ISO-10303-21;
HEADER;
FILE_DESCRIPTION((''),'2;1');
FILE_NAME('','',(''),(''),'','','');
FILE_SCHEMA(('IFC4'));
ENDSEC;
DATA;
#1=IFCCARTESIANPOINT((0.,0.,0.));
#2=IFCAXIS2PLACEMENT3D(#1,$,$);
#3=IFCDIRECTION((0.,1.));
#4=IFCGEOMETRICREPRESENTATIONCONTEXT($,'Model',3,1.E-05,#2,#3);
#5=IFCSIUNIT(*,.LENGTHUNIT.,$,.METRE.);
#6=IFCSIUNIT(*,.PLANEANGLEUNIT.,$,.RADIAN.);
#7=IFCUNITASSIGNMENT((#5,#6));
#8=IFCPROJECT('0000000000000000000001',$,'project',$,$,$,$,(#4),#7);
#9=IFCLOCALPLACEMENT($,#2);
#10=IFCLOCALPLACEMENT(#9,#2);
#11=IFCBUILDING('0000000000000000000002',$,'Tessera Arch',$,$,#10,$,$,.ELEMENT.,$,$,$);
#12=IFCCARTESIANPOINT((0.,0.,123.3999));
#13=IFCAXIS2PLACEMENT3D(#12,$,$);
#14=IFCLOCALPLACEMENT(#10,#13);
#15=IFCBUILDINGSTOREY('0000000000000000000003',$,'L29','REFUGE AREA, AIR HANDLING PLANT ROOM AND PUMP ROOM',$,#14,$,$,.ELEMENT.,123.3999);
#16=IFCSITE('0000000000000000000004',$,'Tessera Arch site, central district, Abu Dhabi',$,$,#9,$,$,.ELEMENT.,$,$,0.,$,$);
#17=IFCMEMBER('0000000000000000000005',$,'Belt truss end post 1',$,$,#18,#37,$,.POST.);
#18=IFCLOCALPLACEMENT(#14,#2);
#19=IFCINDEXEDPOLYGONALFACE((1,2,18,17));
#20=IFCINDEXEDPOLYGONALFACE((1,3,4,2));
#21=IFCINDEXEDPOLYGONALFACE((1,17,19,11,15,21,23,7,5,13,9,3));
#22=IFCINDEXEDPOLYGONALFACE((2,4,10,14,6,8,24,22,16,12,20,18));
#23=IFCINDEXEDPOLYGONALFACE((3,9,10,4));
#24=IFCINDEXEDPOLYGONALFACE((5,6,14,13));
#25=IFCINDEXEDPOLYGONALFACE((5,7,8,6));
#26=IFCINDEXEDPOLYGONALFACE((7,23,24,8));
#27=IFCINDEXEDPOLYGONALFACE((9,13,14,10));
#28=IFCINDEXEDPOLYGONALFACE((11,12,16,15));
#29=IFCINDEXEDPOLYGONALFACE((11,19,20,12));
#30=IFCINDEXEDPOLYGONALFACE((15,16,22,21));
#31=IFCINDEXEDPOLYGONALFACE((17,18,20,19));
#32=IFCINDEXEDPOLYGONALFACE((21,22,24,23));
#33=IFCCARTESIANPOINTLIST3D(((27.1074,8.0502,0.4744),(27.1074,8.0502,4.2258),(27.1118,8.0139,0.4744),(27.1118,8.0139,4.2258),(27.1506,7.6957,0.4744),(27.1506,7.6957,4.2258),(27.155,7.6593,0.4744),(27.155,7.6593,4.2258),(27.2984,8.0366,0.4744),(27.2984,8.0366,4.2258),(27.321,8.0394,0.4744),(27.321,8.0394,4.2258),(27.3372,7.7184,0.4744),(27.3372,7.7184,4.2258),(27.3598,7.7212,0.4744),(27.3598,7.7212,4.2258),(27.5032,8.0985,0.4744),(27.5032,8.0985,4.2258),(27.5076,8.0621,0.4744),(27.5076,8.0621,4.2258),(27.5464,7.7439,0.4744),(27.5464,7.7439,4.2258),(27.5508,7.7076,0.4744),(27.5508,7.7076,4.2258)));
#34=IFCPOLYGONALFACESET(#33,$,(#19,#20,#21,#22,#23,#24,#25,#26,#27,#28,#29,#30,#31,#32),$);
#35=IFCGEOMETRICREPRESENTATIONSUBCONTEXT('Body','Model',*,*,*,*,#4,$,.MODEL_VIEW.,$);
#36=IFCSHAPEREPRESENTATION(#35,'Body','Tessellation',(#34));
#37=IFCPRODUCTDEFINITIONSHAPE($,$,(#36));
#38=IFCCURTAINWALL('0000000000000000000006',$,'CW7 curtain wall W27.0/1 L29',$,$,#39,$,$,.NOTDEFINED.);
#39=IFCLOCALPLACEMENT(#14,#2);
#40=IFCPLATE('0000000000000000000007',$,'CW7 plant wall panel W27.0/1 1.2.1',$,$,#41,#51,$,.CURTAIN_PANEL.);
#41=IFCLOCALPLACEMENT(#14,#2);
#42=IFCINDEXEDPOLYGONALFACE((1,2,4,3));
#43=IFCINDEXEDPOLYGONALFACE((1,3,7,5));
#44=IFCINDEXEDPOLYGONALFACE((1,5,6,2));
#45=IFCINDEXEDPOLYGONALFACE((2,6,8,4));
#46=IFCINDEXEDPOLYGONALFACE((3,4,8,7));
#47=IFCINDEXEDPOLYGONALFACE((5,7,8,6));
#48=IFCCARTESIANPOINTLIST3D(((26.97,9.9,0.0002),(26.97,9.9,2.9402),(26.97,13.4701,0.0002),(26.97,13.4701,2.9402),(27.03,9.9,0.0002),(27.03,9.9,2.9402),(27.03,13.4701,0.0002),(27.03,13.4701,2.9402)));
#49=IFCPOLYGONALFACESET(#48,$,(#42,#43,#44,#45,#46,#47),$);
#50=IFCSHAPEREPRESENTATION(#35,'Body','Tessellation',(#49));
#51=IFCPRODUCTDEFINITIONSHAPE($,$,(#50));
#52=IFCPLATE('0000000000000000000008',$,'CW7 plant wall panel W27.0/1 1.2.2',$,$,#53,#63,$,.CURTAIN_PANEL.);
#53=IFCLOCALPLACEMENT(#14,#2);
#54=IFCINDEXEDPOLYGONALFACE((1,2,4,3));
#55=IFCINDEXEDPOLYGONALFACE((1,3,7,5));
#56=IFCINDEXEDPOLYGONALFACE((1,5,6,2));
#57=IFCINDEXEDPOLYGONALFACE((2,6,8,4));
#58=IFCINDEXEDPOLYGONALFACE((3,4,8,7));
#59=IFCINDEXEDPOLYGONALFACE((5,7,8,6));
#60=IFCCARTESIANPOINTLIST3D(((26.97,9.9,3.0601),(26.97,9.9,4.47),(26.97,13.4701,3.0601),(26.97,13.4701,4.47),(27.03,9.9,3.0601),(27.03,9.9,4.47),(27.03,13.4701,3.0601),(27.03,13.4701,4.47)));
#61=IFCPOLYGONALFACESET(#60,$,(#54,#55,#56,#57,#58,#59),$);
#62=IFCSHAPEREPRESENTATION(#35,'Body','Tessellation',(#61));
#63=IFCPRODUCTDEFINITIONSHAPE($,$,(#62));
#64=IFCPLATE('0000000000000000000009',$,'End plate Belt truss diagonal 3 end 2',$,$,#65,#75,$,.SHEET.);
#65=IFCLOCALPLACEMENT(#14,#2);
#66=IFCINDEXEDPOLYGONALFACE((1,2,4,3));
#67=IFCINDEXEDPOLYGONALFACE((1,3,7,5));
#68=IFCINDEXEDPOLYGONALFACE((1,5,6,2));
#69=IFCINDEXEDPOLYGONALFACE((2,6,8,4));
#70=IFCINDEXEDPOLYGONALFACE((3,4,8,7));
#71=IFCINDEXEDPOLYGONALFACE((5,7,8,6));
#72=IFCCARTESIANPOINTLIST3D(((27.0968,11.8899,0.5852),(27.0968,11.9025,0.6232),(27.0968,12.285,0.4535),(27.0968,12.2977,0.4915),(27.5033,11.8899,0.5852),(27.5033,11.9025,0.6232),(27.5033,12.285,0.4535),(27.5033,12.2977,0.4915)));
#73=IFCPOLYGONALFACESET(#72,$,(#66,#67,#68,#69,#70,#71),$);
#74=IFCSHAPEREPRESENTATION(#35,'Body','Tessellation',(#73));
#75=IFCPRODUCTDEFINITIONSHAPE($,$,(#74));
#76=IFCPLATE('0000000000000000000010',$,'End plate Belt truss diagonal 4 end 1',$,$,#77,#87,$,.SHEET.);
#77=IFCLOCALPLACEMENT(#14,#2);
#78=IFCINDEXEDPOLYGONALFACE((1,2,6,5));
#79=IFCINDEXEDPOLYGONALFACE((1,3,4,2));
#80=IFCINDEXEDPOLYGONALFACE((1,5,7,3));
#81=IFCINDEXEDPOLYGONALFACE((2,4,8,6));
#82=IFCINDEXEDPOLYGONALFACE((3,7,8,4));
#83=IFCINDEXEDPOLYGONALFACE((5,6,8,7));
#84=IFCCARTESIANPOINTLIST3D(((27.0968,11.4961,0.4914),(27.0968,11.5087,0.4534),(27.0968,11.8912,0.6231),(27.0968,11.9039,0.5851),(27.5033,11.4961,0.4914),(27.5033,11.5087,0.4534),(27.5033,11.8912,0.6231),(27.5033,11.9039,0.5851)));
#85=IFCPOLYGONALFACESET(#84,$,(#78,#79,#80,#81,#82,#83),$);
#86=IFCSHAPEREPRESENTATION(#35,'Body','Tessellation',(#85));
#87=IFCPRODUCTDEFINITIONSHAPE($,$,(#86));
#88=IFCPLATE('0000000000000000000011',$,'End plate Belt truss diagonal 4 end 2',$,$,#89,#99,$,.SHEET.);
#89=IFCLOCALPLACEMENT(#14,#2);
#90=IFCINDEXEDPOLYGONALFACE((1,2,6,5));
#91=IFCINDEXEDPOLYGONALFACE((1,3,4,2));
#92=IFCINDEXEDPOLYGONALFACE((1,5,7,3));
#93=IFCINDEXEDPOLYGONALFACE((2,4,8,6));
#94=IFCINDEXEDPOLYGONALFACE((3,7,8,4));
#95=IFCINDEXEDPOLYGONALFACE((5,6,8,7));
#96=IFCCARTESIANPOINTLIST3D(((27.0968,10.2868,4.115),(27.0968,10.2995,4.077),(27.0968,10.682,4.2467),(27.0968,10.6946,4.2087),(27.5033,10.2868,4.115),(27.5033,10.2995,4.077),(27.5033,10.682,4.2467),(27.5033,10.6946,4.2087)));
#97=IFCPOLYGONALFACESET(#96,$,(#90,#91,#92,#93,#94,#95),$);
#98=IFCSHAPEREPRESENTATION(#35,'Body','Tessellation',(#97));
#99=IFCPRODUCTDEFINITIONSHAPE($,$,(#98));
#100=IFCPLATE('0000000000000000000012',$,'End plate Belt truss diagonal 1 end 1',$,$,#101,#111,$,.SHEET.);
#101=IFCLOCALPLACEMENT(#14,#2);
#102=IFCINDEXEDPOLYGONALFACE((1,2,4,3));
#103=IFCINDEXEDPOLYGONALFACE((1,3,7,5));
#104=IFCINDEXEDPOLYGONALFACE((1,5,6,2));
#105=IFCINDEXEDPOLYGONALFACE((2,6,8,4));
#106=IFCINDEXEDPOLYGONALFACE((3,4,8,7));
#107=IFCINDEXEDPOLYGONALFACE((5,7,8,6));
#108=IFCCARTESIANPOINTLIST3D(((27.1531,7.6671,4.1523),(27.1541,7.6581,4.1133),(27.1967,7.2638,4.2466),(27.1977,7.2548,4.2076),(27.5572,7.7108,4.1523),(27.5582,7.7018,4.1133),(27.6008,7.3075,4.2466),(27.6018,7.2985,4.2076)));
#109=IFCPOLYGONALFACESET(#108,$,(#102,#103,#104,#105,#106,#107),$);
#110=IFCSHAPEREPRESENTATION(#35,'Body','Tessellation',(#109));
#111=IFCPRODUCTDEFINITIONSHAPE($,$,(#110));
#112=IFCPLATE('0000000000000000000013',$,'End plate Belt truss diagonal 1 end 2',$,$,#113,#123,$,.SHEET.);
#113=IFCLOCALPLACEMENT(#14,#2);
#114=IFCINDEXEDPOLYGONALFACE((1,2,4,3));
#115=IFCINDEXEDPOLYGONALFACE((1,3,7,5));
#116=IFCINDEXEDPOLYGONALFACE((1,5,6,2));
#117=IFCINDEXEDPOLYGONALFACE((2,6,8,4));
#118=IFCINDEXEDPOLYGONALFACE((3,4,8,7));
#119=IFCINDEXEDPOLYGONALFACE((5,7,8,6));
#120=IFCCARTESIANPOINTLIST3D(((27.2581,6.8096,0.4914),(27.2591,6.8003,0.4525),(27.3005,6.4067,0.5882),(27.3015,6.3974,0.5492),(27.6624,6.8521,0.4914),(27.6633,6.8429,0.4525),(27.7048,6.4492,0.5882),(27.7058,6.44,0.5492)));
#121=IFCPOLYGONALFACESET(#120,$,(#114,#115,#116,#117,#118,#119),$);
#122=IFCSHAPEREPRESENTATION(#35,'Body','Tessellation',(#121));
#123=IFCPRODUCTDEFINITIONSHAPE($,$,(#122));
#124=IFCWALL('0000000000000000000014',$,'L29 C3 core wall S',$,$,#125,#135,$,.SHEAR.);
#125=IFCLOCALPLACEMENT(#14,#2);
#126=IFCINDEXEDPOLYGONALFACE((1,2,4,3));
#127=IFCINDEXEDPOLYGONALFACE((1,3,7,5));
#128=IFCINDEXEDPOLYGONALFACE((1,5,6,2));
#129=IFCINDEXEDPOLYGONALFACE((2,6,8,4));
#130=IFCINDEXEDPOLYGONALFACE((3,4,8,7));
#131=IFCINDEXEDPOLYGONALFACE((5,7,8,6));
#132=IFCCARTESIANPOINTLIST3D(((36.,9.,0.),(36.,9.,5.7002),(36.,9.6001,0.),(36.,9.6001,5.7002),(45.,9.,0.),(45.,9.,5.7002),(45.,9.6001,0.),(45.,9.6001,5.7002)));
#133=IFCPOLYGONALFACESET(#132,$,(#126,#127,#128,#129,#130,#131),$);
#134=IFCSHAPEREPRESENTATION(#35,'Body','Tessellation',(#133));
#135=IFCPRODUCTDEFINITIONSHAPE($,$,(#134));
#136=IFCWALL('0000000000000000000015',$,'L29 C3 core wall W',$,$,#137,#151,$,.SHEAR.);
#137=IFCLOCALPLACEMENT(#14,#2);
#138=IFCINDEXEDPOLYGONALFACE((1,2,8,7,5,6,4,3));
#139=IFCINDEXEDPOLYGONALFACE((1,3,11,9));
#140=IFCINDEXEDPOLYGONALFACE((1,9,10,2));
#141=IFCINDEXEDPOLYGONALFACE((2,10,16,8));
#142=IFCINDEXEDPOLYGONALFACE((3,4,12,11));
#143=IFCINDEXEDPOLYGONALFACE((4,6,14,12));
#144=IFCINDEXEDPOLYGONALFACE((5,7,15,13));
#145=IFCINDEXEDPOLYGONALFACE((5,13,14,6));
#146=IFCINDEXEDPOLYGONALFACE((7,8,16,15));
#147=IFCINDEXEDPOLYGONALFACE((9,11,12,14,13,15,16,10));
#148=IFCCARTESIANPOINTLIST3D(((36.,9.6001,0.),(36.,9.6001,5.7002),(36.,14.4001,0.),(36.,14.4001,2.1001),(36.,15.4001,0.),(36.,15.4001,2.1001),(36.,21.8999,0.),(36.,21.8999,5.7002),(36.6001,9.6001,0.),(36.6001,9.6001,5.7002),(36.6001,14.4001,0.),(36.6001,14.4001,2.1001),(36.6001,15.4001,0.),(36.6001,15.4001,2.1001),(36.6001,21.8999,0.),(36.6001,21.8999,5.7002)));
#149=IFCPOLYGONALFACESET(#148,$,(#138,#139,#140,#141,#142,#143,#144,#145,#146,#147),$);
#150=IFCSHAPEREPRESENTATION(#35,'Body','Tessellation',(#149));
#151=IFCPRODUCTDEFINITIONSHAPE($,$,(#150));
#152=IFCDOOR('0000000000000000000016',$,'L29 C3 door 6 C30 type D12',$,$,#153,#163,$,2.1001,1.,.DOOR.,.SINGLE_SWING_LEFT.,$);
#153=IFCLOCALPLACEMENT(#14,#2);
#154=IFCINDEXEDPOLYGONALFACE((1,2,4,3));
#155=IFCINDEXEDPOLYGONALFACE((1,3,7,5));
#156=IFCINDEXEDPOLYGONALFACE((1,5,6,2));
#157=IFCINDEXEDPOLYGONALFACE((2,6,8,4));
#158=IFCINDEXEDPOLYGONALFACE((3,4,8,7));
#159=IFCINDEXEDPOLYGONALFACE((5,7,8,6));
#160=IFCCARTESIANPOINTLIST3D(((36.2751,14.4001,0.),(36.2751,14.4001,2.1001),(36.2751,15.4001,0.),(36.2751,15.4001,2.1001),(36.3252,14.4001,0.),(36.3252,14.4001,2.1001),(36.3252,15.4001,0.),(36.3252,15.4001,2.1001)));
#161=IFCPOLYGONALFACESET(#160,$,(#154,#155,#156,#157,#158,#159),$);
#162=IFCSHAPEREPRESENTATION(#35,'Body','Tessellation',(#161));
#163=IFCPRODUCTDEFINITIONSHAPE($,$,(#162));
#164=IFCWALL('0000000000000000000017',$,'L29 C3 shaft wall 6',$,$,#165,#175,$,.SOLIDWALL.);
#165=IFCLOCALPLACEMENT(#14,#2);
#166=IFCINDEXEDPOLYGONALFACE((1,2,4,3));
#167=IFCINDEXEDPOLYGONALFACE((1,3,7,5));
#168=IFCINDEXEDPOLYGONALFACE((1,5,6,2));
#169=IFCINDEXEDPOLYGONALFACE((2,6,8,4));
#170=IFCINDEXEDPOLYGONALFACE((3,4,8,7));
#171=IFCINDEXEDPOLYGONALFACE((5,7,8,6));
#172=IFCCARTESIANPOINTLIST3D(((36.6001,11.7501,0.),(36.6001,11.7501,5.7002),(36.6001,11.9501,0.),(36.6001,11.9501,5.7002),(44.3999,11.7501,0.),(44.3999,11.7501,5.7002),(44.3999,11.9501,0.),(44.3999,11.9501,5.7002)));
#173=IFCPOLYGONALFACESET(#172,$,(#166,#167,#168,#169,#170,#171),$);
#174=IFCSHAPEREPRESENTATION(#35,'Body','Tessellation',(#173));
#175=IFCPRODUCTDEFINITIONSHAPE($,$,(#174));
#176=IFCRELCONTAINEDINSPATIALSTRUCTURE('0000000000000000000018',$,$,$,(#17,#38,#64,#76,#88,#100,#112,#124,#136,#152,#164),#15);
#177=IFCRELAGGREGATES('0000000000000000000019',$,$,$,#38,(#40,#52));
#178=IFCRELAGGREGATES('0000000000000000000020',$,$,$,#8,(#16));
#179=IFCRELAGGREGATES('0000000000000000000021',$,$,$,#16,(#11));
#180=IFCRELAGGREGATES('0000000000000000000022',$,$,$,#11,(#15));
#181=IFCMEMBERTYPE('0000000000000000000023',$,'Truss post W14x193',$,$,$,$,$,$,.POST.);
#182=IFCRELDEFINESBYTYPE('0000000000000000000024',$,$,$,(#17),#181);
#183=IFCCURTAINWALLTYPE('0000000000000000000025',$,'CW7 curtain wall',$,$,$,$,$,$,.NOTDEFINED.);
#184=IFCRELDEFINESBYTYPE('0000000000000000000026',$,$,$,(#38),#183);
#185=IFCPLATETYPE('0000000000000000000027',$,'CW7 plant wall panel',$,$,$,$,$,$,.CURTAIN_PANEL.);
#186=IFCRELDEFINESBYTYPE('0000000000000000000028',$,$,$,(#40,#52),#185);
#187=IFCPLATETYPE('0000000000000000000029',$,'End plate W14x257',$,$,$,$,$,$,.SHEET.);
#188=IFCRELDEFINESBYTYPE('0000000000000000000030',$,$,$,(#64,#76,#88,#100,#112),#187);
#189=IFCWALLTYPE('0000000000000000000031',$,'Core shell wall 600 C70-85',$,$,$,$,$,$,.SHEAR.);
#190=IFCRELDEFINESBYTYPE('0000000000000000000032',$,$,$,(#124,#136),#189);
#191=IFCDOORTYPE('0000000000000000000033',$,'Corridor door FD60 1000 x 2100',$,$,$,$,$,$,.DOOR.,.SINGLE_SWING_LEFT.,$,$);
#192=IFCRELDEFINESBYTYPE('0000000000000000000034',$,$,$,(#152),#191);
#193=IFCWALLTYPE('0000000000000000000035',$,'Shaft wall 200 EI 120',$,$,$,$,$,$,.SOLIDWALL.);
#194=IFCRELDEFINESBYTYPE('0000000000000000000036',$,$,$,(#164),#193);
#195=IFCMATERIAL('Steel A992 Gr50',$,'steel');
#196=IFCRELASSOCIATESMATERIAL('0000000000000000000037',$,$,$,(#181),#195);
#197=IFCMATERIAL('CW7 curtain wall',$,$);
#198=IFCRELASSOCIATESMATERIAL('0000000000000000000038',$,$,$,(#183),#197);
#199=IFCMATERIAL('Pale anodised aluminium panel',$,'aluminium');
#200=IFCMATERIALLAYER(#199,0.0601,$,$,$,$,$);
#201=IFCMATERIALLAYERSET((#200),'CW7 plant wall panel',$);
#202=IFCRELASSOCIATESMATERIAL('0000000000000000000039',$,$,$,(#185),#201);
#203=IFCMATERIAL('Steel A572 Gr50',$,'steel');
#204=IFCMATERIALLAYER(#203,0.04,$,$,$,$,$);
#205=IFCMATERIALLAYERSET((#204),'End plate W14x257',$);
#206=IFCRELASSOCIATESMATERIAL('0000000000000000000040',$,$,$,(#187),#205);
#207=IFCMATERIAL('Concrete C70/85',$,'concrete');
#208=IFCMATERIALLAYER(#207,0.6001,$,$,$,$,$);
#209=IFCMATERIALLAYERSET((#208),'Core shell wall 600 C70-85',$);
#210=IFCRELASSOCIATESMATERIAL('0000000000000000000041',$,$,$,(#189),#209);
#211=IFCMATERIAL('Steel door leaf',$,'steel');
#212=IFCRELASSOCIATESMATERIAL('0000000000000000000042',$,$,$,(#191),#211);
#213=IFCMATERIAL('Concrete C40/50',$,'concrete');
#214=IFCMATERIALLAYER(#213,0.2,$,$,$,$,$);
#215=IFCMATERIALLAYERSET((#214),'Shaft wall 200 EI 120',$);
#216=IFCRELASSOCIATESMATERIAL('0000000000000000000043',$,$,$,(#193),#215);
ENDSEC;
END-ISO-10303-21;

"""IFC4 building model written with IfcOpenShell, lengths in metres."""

from ifc_helpers import new_model, si_unit, direction, frame, frame_2d, origin, origin_2d, place, context, subcontext, project, spatial, rectangle, i_section, extrude, material, layer, layer_set, material_profile, profile_set, type_object, element, fill, aggregate, save


model = new_model("IFC4")

# Units and contexts
model_context = context("Model", 3, precision=1e-05, world=origin(), true_north=direction((0.0, 1.0)))
body_context = subcontext(model_context, "Body", "Model", "MODEL_VIEW")
ifc_project = project(units=[si_unit("LENGTHUNIT", "METRE"), si_unit("PLANEANGLEUNIT", "RADIAN")], contexts=[model_context])

# Site, building, storey
site_placement = place(None, origin())
site = spatial("IfcSite", under=ifc_project, at=site_placement, Name="Tessera Arch site, central district, Abu Dhabi", CompositionType="ELEMENT", RefElevation=0.0)
building_placement = place(site_placement, origin())
building = spatial("IfcBuilding", under=site, at=building_placement, Name="Tessera Arch", CompositionType="ELEMENT")
storey_placement = place(building_placement, frame((0.0, 0.0, 123.3999)))
storey = spatial("IfcBuildingStorey", under=building, at=storey_placement, Name="L29", Description="REFUGE AREA, AIR HANDLING PLANT ROOM AND PUMP ROOM", CompositionType="ELEMENT", Elevation=123.3999)

# Member
ifc_material_1 = material(Name="Steel A992 Gr50", Category="steel")
ifc_material_profile_1 = material_profile(ifc_material_1, i_section(OverallWidth=0.3987, OverallDepth=0.3938, WebThickness=0.0227, FlangeThickness=0.0366, at=origin_2d()), Name="W14x193")
ifc_profile_set_1 = profile_set([ifc_material_profile_1], Name="Steel A992 Gr50")
member_type_1 = type_object("IfcMemberType", Name="Truss post W14x193", PredefinedType="POST", material=ifc_profile_set_1)
for number, where, z_axis, x_axis, name in (
    (1, (27.3291, 7.8789, 0.4744), (0.0, 0.0, 1.0), (0.992658, 0.120952, 0.0), "Belt truss end post 1"),
):
    element("IfcMember", number, at=place(storey_placement, frame(where, z_axis=z_axis, x_axis=x_axis)), inside=storey, type_object=member_type_1, Name=name, PredefinedType="POST", context=body_context, shape_type="SweptSolid", body=[
        extrude(i_section(OverallWidth=0.3987, OverallDepth=0.3938, WebThickness=0.0227, FlangeThickness=0.0366, at=origin_2d()), origin(), (0.0, 0.0, 1.0), 3.7515),
    ])

# Curtain wall, plates
ifc_material_2 = material(Name="CW7 curtain wall")
curtain_wall_type = type_object("IfcCurtainWallType", Name="CW7 curtain wall", PredefinedType="NOTDEFINED", material=ifc_material_2)
curtain_wall_placement = place(storey_placement, origin())
curtain_wall = element("IfcCurtainWall", 2, at=curtain_wall_placement, inside=storey, type_object=curtain_wall_type, Name="CW7 curtain wall W27.0/1 L29", PredefinedType="NOTDEFINED")
ifc_material_3 = material(Name="Pale anodised aluminium panel", Category="aluminium")
ifc_layer_1 = layer(ifc_material_3, 0.0601)
ifc_layer_set_1 = layer_set([ifc_layer_1], Name="CW7 plant wall panel")
plate_type_1 = type_object("IfcPlateType", Name="CW7 plant wall panel", PredefinedType="CURTAIN_PANEL", material=ifc_layer_set_1)
plate_1_placement = place(storey_placement, frame((27.0, 11.6851, 0.0002), z_axis=(0.0, 0.0, 1.0), x_axis=(0.0, -1.0, 0.0)))
plate_1 = element("IfcPlate", 3, at=plate_1_placement, type_object=plate_type_1, Name="CW7 plant wall panel W27.0/1 1.2.1", PredefinedType="CURTAIN_PANEL", context=body_context, shape_type="SweptSolid", body=[
    extrude(rectangle(XDim=3.5701, YDim=0.0601, at=origin_2d()), origin(), (0.0, 0.0, 1.0), 2.9399),
])
plate_2_placement = place(storey_placement, frame((27.0, 11.6851, 3.0601), z_axis=(0.0, 0.0, 1.0), x_axis=(0.0, -1.0, 0.0)))
plate_2 = element("IfcPlate", 4, at=plate_2_placement, type_object=plate_type_1, Name="CW7 plant wall panel W27.0/1 1.2.2", PredefinedType="CURTAIN_PANEL", context=body_context, shape_type="SweptSolid", body=[
    extrude(rectangle(XDim=3.5701, YDim=0.0601, at=origin_2d()), origin(), (0.0, 0.0, 1.0), 1.4099),
])
aggregate(curtain_wall, [plate_1, plate_2])

# Plates
ifc_material_4 = material(Name="Steel A572 Gr50", Category="steel")
ifc_layer_2 = layer(ifc_material_4, 0.04)
ifc_layer_set_2 = layer_set([ifc_layer_2], Name="End plate W14x257")
plate_type_2 = type_object("IfcPlateType", Name="End plate W14x257", PredefinedType="SHEET", material=ifc_layer_set_2)
for number, where, z_axis, x_axis, name in (
    (5, (27.3, 12.1001, 0.5574), (0.0, -0.316228, -0.948683), (1.0, 0.0, 0.0), "End plate Belt truss diagonal 3 end 2"),
    (6, (27.3, 11.7063, 0.5193), (0.0, -0.316228, 0.948683), (1.0, 0.0, 0.0), "End plate Belt truss diagonal 4 end 1"),
    (7, (27.3, 10.4971, 4.1428), (0.0, -0.316228, 0.948683), (1.0, 0.0, 0.0), "End plate Belt truss diagonal 4 end 2"),
    (8, (27.377, 7.4873, 4.1995), (0.02435, -0.225237, -0.974), (0.994207, 0.107482, 0.0), "End plate Belt truss diagonal 1 end 1"),
    (9, (27.4814, 6.6294, 0.5398), (0.024316, -0.231004, -0.972649), (0.994505, 0.104685, 0.0), "End plate Belt truss diagonal 1 end 2"),
):
    element("IfcPlate", number, at=place(storey_placement, frame(where, z_axis=z_axis, x_axis=x_axis)), inside=storey, type_object=plate_type_2, Name=name, PredefinedType="SHEET", context=body_context, shape_type="SweptSolid", body=[
        extrude(rectangle(XDim=0.4065, YDim=0.4165, at=origin_2d()), origin(), (0.0, 0.0, 1.0), 0.04),
    ])

# Wall
ifc_material_5 = material(Name="Concrete C70/85", Category="concrete")
ifc_layer_3 = layer(ifc_material_5, 0.6001)
ifc_layer_set_3 = layer_set([ifc_layer_3], Name="Core shell wall 600 C70-85")
wall_type_1 = type_object("IfcWallType", Name="Core shell wall 600 C70-85", PredefinedType="SHEAR", material=ifc_layer_set_3)
wall_1_placement = place(storey_placement, frame((36.0, 9.3, 0.0), z_axis=(0.0, 0.0, 1.0), x_axis=(1.0, 0.0, 0.0)))
element("IfcWall", 10, at=wall_1_placement, inside=storey, type_object=wall_type_1, Name="L29 C3 core wall S", PredefinedType="SHEAR", context=body_context, shape_type="SweptSolid", body=[
    extrude(rectangle(XDim=9.0, YDim=0.6001, at=frame_2d((4.5, 0.0))), origin(), (0.0, 0.0, 1.0), 5.7002),
])

# Wall, opening, door
wall_2_placement = place(storey_placement, frame((36.3, 9.6001, 0.0), z_axis=(0.0, 0.0, 1.0), x_axis=(0.0, 1.0, 0.0)))
wall_2 = element("IfcWall", 11, at=wall_2_placement, inside=storey, type_object=wall_type_1, Name="L29 C3 core wall W", PredefinedType="SHEAR", context=body_context, shape_type="SweptSolid", body=[
    extrude(rectangle(XDim=12.2998, YDim=0.6001, at=frame_2d((6.1499, 0.0))), origin(), (0.0, 0.0, 1.0), 5.7002),
])
opening_placement = place(wall_2_placement, frame((4.8, 0.0, 0.0)))
opening = element("IfcOpeningElement", 12, at=opening_placement, cuts=wall_2, PredefinedType="OPENING", context=body_context, shape_type="SweptSolid", body=[
    extrude(rectangle(XDim=1.0, YDim=2.1001, at=frame_2d((0.5, 1.05))), frame((0.0, 0.3101, 0.0), z_axis=(0.0, -1.0, 0.0), x_axis=(1.0, 0.0, 0.0)), (0.0, 0.0, 1.0), 0.6201),
])
ifc_material_6 = material(Name="Steel door leaf", Category="steel")
door_type = type_object("IfcDoorType", Name="Corridor door FD60 1000 x 2100", OperationType="SINGLE_SWING_LEFT", PredefinedType="DOOR", material=ifc_material_6)
door_placement = place(opening_placement, origin())
door = element("IfcDoor", 13, at=door_placement, inside=storey, type_object=door_type, Name="L29 C3 door 6 C30 type D12", OperationType="SINGLE_SWING_LEFT", OverallHeight=2.1001, OverallWidth=1.0, PredefinedType="DOOR", context=body_context, shape_type="SweptSolid", body=[
    extrude(rectangle(XDim=1.0, YDim=2.1001, at=frame_2d((0.5, 1.05))), frame((0.0, 0.0249, 0.0), z_axis=(0.0, -1.0, 0.0), x_axis=(1.0, 0.0, 0.0)), (0.0, 0.0, 1.0), 0.05),
])
fill(opening, door)

# Wall
ifc_material_7 = material(Name="Concrete C40/50", Category="concrete")
ifc_layer_4 = layer(ifc_material_7, 0.2)
ifc_layer_set_4 = layer_set([ifc_layer_4], Name="Shaft wall 200 EI 120")
wall_type_2 = type_object("IfcWallType", Name="Shaft wall 200 EI 120", PredefinedType="SOLIDWALL", material=ifc_layer_set_4)
wall_3_placement = place(storey_placement, frame((36.6001, 11.8501, 0.0), z_axis=(0.0, 0.0, 1.0), x_axis=(1.0, 0.0, 0.0)))
element("IfcWall", 14, at=wall_3_placement, inside=storey, type_object=wall_type_2, Name="L29 C3 shaft wall 6", PredefinedType="SOLIDWALL", context=body_context, shape_type="SweptSolid", body=[
    extrude(rectangle(XDim=7.7998, YDim=0.2, at=frame_2d((3.8999, 0.0))), origin(), (0.0, 0.0, 1.0), 5.7002),
])

save(model, "model.ifc")
